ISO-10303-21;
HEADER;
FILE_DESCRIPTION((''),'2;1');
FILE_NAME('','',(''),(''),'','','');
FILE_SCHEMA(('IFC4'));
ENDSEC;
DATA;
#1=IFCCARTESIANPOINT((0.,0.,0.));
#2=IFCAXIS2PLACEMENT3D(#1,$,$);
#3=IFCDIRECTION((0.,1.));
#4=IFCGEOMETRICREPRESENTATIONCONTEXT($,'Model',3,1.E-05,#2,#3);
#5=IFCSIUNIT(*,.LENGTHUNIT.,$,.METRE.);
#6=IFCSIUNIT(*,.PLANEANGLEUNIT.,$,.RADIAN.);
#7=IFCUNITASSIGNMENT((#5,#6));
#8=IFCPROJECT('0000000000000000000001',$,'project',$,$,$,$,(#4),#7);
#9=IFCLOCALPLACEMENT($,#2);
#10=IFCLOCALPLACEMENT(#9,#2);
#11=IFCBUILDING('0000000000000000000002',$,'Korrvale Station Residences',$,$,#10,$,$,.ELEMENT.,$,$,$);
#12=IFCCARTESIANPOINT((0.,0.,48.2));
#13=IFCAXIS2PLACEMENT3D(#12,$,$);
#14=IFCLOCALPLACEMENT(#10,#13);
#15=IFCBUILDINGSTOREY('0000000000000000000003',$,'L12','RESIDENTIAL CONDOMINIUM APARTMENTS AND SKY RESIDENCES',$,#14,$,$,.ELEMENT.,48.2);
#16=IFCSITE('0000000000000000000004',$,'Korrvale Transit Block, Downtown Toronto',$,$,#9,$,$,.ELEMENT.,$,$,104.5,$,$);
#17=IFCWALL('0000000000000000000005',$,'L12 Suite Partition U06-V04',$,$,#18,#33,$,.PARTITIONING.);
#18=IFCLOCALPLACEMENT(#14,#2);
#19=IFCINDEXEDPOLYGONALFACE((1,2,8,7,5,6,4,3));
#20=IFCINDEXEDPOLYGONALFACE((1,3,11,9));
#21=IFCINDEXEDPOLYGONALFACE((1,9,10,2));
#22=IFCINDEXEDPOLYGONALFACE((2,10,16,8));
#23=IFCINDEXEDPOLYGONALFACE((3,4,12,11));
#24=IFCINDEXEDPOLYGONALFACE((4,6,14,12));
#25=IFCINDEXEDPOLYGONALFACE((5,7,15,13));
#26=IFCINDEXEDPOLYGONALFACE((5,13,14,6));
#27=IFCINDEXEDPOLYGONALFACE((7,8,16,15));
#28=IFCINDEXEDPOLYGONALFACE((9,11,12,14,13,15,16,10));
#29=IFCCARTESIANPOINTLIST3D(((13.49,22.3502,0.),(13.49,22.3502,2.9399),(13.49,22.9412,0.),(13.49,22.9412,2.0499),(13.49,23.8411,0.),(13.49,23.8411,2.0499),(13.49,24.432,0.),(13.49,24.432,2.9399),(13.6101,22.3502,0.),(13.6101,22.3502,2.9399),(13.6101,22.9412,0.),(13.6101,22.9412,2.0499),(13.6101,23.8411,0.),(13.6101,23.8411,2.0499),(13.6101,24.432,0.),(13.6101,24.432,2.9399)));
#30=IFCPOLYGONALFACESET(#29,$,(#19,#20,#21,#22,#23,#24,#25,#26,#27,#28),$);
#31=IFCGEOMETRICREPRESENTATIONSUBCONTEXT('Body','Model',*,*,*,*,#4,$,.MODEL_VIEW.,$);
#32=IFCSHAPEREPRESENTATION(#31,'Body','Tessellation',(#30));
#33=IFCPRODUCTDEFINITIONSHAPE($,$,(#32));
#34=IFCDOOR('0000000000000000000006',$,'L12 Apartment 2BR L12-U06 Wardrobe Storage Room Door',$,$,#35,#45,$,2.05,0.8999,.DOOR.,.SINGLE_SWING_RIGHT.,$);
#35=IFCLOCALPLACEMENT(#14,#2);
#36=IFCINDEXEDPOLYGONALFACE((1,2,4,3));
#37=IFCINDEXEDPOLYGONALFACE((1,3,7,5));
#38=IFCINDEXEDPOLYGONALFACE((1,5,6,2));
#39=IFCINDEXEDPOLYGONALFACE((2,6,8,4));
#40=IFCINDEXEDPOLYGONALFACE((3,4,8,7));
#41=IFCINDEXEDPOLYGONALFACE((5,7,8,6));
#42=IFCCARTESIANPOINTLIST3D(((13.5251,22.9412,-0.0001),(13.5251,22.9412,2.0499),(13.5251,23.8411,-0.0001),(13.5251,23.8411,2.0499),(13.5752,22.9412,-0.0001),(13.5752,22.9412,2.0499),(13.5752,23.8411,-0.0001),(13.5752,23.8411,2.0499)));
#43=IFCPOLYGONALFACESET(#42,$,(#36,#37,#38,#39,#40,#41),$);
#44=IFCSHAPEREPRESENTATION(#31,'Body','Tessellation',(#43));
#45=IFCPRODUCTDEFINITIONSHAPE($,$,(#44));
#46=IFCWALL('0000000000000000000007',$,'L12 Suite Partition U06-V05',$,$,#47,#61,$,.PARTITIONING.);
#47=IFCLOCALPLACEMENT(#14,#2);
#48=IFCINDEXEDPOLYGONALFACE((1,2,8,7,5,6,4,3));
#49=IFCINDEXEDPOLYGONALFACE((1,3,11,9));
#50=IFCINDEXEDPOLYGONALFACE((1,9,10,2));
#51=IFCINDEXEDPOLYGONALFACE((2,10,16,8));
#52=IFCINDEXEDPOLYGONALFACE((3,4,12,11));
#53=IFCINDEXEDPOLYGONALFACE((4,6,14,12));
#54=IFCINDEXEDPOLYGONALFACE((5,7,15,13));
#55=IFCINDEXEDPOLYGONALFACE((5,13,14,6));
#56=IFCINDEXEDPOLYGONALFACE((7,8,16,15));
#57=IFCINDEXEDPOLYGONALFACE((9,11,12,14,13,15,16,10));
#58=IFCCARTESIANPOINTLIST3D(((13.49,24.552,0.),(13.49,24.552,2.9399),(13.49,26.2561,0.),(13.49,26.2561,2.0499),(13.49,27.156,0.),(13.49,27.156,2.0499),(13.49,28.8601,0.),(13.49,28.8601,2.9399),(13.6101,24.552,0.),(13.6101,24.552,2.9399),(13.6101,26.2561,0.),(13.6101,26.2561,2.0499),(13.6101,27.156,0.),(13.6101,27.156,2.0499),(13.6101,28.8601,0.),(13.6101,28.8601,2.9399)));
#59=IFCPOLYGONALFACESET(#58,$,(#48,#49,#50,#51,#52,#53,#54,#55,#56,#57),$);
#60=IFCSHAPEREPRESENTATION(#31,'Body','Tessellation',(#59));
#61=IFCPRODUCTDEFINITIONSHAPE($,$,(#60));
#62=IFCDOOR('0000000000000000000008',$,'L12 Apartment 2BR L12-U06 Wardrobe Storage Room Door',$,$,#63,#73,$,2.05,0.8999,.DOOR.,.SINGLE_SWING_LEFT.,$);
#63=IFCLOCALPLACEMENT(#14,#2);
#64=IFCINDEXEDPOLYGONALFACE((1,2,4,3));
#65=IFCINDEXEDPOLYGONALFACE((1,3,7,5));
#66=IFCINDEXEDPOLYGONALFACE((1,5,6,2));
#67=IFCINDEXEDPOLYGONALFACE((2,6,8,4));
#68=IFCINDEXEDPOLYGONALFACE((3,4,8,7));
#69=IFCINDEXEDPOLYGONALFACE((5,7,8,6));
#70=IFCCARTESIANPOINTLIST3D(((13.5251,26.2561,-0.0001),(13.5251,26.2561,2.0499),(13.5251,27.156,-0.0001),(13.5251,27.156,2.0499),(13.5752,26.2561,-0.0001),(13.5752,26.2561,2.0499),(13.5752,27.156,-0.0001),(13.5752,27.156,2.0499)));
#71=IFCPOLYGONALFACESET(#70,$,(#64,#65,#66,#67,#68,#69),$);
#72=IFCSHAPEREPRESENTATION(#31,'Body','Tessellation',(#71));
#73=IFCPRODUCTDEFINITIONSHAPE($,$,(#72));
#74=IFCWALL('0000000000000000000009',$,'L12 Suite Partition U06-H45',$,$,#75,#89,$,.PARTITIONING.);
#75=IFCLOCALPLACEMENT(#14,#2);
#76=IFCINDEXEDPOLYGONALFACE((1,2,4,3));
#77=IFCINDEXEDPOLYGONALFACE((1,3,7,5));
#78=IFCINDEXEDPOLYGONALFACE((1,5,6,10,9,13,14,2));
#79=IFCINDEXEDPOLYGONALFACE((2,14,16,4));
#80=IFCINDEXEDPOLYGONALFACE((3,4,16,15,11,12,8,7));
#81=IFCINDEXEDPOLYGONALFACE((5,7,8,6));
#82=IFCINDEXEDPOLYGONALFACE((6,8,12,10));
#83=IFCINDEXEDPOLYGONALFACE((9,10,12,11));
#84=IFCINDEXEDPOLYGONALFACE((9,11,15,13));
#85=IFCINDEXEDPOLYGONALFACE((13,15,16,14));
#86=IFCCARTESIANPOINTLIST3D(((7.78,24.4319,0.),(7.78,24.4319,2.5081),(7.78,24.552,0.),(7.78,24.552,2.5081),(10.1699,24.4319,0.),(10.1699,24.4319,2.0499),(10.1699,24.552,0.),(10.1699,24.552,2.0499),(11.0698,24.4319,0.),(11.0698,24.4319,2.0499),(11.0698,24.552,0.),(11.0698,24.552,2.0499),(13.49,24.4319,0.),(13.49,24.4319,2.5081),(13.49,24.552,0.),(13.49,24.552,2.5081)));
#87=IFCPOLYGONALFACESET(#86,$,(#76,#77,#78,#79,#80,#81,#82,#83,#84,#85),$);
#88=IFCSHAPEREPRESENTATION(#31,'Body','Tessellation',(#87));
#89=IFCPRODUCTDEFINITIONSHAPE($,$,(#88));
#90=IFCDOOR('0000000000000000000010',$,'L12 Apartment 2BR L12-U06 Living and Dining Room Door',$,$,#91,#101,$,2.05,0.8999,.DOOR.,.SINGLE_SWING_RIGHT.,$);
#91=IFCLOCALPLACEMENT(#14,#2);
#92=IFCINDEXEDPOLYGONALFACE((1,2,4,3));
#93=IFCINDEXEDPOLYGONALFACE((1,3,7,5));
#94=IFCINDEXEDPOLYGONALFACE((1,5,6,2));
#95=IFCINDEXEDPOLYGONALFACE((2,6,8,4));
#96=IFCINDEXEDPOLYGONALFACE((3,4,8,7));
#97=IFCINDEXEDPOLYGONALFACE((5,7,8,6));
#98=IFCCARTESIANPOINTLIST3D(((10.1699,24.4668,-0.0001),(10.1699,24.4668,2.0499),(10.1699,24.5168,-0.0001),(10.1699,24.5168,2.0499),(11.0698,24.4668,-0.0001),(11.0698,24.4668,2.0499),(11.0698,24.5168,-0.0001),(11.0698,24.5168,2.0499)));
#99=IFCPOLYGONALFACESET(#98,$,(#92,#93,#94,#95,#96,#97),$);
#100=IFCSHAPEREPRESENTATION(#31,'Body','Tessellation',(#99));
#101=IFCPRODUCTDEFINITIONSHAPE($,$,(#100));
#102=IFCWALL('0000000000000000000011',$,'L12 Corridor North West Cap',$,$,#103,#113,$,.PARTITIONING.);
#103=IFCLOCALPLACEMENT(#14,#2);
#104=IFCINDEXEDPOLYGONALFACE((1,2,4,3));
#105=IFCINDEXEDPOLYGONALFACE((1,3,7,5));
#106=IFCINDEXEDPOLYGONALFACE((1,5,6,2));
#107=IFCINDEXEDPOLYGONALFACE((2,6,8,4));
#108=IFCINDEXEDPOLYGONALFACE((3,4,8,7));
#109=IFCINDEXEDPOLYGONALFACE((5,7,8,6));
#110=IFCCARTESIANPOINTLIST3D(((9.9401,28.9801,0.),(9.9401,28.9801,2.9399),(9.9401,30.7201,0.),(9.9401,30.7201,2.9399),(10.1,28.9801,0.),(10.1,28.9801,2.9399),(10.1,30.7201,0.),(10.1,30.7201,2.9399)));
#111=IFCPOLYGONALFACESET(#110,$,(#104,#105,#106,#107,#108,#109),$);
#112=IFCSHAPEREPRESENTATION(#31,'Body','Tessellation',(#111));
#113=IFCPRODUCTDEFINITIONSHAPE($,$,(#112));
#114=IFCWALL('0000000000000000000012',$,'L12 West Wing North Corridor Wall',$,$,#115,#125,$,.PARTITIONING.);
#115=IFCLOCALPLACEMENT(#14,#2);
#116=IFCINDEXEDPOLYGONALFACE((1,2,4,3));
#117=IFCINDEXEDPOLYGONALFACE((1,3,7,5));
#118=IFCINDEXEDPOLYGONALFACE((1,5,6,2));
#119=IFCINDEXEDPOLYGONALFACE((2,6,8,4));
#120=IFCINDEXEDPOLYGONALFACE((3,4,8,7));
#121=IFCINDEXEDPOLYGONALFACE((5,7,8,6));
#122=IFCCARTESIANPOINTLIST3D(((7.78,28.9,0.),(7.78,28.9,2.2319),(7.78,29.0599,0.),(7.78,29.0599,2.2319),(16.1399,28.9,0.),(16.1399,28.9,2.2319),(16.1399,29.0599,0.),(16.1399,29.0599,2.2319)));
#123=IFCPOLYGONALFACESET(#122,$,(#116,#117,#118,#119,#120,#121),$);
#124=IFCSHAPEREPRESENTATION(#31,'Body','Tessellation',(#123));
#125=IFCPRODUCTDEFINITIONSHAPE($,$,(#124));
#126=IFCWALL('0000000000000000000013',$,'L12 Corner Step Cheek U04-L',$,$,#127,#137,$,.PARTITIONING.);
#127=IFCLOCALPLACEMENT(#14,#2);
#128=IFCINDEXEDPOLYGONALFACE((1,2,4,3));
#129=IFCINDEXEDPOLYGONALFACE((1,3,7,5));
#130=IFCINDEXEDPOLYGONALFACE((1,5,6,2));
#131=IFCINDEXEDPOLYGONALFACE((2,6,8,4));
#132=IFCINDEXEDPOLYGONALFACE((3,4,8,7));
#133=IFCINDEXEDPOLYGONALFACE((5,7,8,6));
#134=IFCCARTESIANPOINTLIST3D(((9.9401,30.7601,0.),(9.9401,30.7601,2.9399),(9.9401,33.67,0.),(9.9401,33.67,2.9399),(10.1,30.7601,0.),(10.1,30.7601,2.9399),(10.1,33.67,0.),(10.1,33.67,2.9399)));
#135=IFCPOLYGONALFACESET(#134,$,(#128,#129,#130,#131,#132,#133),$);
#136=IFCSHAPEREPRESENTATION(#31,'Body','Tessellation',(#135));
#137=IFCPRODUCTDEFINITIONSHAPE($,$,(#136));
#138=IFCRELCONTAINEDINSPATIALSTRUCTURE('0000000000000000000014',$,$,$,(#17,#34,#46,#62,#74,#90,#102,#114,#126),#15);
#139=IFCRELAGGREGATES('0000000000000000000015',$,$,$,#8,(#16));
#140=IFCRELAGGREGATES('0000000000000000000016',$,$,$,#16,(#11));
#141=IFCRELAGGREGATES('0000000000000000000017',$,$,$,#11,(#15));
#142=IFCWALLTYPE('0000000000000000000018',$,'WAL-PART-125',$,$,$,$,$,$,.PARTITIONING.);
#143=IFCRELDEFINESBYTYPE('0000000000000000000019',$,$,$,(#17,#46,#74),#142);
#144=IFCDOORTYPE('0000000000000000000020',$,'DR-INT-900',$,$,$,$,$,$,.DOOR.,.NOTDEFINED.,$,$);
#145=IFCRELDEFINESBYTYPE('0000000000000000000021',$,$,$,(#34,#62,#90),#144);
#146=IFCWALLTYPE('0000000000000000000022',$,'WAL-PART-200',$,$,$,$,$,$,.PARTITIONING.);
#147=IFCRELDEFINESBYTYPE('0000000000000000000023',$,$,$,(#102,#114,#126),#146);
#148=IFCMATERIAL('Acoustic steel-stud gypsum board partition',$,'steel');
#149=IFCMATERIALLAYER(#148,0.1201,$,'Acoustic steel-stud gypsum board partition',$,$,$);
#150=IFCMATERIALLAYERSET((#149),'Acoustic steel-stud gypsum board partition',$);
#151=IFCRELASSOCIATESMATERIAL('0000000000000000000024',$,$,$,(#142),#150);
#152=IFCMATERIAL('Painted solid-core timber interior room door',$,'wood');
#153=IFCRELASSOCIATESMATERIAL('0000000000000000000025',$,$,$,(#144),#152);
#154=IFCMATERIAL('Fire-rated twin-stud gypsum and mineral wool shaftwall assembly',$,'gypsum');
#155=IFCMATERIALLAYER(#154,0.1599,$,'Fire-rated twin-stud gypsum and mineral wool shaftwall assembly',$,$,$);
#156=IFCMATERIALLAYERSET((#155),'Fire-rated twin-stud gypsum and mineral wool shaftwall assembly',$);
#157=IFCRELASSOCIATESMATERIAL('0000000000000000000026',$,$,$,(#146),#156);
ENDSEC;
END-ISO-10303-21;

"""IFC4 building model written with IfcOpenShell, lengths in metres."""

from ifc_helpers import new_model, si_unit, direction, frame, frame_2d, origin, place, context, subcontext, project, spatial, rectangle, extrude, material, layer, layer_set, type_object, element, fill, save


model = new_model("IFC4")

# Units and contexts
model_context = context("Model", 3, precision=1e-05, world=origin(), true_north=direction((0.0, 1.0)))
body_context = subcontext(model_context, "Body", "Model", "MODEL_VIEW")
ifc_project = project(units=[si_unit("LENGTHUNIT", "METRE"), si_unit("PLANEANGLEUNIT", "RADIAN")], contexts=[model_context])

# Site, building, storey
site_placement = place(None, origin())
site = spatial("IfcSite", under=ifc_project, at=site_placement, Name="Korrvale Transit Block, Downtown Toronto", CompositionType="ELEMENT", RefElevation=104.5)
building_placement = place(site_placement, origin())
building = spatial("IfcBuilding", under=site, at=building_placement, Name="Korrvale Station Residences", CompositionType="ELEMENT")
storey_placement = place(building_placement, frame((0.0, 0.0, 48.2)))
storey = spatial("IfcBuildingStorey", under=building, at=storey_placement, Name="L12", Description="RESIDENTIAL CONDOMINIUM APARTMENTS AND SKY RESIDENCES", CompositionType="ELEMENT", Elevation=48.2)

# Walls, openings, doors
ifc_material_1 = material(Name="Acoustic steel-stud gypsum board partition", Category="steel")
ifc_layer_1 = layer(ifc_material_1, 0.1201, Name="Acoustic steel-stud gypsum board partition")
ifc_layer_set_1 = layer_set([ifc_layer_1], Name="Acoustic steel-stud gypsum board partition")
wall_type_1 = type_object("IfcWallType", Name="WAL-PART-125", PredefinedType="PARTITIONING", material=ifc_layer_set_1)
ifc_material_2 = material(Name="Painted solid-core timber interior room door", Category="wood")
door_type_1 = type_object("IfcDoorType", Name="DR-INT-900", OperationType="NOTDEFINED", PredefinedType="DOOR", material=ifc_material_2)
wall_1_placement = place(storey_placement, frame((13.55, 22.3501, 0.0), z_axis=(0.0, 0.0, 1.0), x_axis=(0.0, 1.0, 0.0)))
wall_1 = element("IfcWall", 1, at=wall_1_placement, inside=storey, type_object=wall_type_1, Name="L12 Suite Partition U06-V04", PredefinedType="PARTITIONING", context=body_context, shape_type="SweptSolid", body=[
    extrude(rectangle(XDim=2.0818, YDim=0.1201, at=frame_2d((1.041, 0.0))), origin(), (0.0, 0.0, 1.0), 2.9399),
])
opening_1_placement = place(wall_1_placement, frame((0.5911, 0.0, 0.0)))
opening_1 = element("IfcOpeningElement", 2, at=opening_1_placement, cuts=wall_1, PredefinedType="OPENING", context=body_context, shape_type="SweptSolid", body=[
    extrude(rectangle(XDim=0.8999, YDim=2.05, at=frame_2d((0.45, 1.0249))), frame((0.0, 0.0701, 0.0), z_axis=(0.0, -1.0, 0.0), x_axis=(1.0, 0.0, 0.0)), (0.0, 0.0, 1.0), 0.1401),
])
door_1_placement = place(opening_1_placement, origin())
door_1 = element("IfcDoor", 3, at=door_1_placement, inside=storey, type_object=door_type_1, Name="L12 Apartment 2BR L12-U06 Wardrobe Storage Room Door", OperationType="SINGLE_SWING_RIGHT", OverallHeight=2.05, OverallWidth=0.8999, PredefinedType="DOOR", context=body_context, shape_type="SweptSolid", body=[
    extrude(rectangle(XDim=0.8999, YDim=2.05, at=frame_2d((0.45, 1.0249))), frame((0.0, 0.0249, 0.0), z_axis=(0.0, -1.0, 0.0), x_axis=(1.0, 0.0, 0.0)), (0.0, 0.0, 1.0), 0.05),
])
fill(opening_1, door_1)
wall_2_placement = place(storey_placement, frame((13.55, 24.552, 0.0), z_axis=(0.0, 0.0, 1.0), x_axis=(0.0, 1.0, 0.0)))
wall_2 = element("IfcWall", 4, at=wall_2_placement, inside=storey, type_object=wall_type_1, Name="L12 Suite Partition U06-V05", PredefinedType="PARTITIONING", context=body_context, shape_type="SweptSolid", body=[
    extrude(rectangle(XDim=4.3081, YDim=0.1201, at=frame_2d((2.1541, 0.0))), origin(), (0.0, 0.0, 1.0), 2.9399),
])
opening_2_placement = place(wall_2_placement, frame((1.7041, 0.0, 0.0)))
opening_2 = element("IfcOpeningElement", 5, at=opening_2_placement, cuts=wall_2, PredefinedType="OPENING", context=body_context, shape_type="SweptSolid", body=[
    extrude(rectangle(XDim=0.8999, YDim=2.05, at=frame_2d((0.45, 1.0249))), frame((0.0, 0.0701, 0.0), z_axis=(0.0, -1.0, 0.0), x_axis=(1.0, 0.0, 0.0)), (0.0, 0.0, 1.0), 0.1401),
])
door_2_placement = place(opening_2_placement, origin())
door_2 = element("IfcDoor", 6, at=door_2_placement, inside=storey, type_object=door_type_1, Name="L12 Apartment 2BR L12-U06 Wardrobe Storage Room Door", OperationType="SINGLE_SWING_LEFT", OverallHeight=2.05, OverallWidth=0.8999, PredefinedType="DOOR", context=body_context, shape_type="SweptSolid", body=[
    extrude(rectangle(XDim=0.8999, YDim=2.05, at=frame_2d((0.45, 1.0249))), frame((0.0, 0.0249, 0.0), z_axis=(0.0, -1.0, 0.0), x_axis=(1.0, 0.0, 0.0)), (0.0, 0.0, 1.0), 0.05),
])
fill(opening_2, door_2)
wall_3_placement = place(storey_placement, frame((7.78, 24.4919, 0.0), z_axis=(0.0, 0.0, 1.0), x_axis=(1.0, 0.0, 0.0)))
wall_3 = element("IfcWall", 7, at=wall_3_placement, inside=storey, type_object=wall_type_1, Name="L12 Suite Partition U06-H45", PredefinedType="PARTITIONING", context=body_context, shape_type="SweptSolid", body=[
    extrude(rectangle(XDim=5.71, YDim=0.1201, at=frame_2d((2.855, 0.0))), origin(), (0.0, 0.0, 1.0), 2.5081),
])
opening_3_placement = place(wall_3_placement, frame((2.3899, 0.0, 0.0)))
opening_3 = element("IfcOpeningElement", 8, at=opening_3_placement, cuts=wall_3, PredefinedType="OPENING", context=body_context, shape_type="SweptSolid", body=[
    extrude(rectangle(XDim=0.8999, YDim=2.05, at=frame_2d((0.45, 1.0249))), frame((0.0, 0.0701, 0.0), z_axis=(0.0, -1.0, 0.0), x_axis=(1.0, 0.0, 0.0)), (0.0, 0.0, 1.0), 0.1401),
])
door_3_placement = place(opening_3_placement, origin())
door_3 = element("IfcDoor", 9, at=door_3_placement, inside=storey, type_object=door_type_1, Name="L12 Apartment 2BR L12-U06 Living and Dining Room Door", OperationType="SINGLE_SWING_RIGHT", OverallHeight=2.05, OverallWidth=0.8999, PredefinedType="DOOR", context=body_context, shape_type="SweptSolid", body=[
    extrude(rectangle(XDim=0.8999, YDim=2.05, at=frame_2d((0.45, 1.0249))), frame((0.0, 0.0249, 0.0), z_axis=(0.0, -1.0, 0.0), x_axis=(1.0, 0.0, 0.0)), (0.0, 0.0, 1.0), 0.05),
])
fill(opening_3, door_3)

# Walls
ifc_material_3 = material(Name="Fire-rated twin-stud gypsum and mineral wool shaftwall assembly", Category="gypsum")
ifc_layer_2 = layer(ifc_material_3, 0.1599, Name="Fire-rated twin-stud gypsum and mineral wool shaftwall assembly")
ifc_layer_set_2 = layer_set([ifc_layer_2], Name="Fire-rated twin-stud gypsum and mineral wool shaftwall assembly")
wall_type_2 = type_object("IfcWallType", Name="WAL-PART-200", PredefinedType="PARTITIONING", material=ifc_layer_set_2)
wall_4_placement = place(storey_placement, frame((10.02, 28.98, 0.0), z_axis=(0.0, 0.0, 1.0), x_axis=(0.0, 1.0, 0.0)))
element("IfcWall", 10, at=wall_4_placement, inside=storey, type_object=wall_type_2, Name="L12 Corridor North West Cap", PredefinedType="PARTITIONING", context=body_context, shape_type="SweptSolid", body=[
    extrude(rectangle(XDim=1.74, YDim=0.1599, at=frame_2d((0.8701, 0.0))), origin(), (0.0, 0.0, 1.0), 2.9399),
])
wall_5_placement = place(storey_placement, frame((7.78, 28.98, 0.0), z_axis=(0.0, 0.0, 1.0), x_axis=(1.0, 0.0, 0.0)))
element("IfcWall", 11, at=wall_5_placement, inside=storey, type_object=wall_type_2, Name="L12 West Wing North Corridor Wall", PredefinedType="PARTITIONING", context=body_context, shape_type="SweptSolid", body=[
    extrude(rectangle(XDim=8.3599, YDim=0.1599, at=frame_2d((4.1799, 0.0))), origin(), (0.0, 0.0, 1.0), 2.2319),
])
wall_6_placement = place(storey_placement, frame((10.02, 30.76, 0.0), z_axis=(0.0, 0.0, 1.0), x_axis=(0.0, 1.0, 0.0)))
element("IfcWall", 12, at=wall_6_placement, inside=storey, type_object=wall_type_2, Name="L12 Corner Step Cheek U04-L", PredefinedType="PARTITIONING", context=body_context, shape_type="SweptSolid", body=[
    extrude(rectangle(XDim=2.9099, YDim=0.1599, at=frame_2d((1.4551, 0.0))), origin(), (0.0, 0.0, 1.0), 2.9399),
])

save(model, "model.ifc")
